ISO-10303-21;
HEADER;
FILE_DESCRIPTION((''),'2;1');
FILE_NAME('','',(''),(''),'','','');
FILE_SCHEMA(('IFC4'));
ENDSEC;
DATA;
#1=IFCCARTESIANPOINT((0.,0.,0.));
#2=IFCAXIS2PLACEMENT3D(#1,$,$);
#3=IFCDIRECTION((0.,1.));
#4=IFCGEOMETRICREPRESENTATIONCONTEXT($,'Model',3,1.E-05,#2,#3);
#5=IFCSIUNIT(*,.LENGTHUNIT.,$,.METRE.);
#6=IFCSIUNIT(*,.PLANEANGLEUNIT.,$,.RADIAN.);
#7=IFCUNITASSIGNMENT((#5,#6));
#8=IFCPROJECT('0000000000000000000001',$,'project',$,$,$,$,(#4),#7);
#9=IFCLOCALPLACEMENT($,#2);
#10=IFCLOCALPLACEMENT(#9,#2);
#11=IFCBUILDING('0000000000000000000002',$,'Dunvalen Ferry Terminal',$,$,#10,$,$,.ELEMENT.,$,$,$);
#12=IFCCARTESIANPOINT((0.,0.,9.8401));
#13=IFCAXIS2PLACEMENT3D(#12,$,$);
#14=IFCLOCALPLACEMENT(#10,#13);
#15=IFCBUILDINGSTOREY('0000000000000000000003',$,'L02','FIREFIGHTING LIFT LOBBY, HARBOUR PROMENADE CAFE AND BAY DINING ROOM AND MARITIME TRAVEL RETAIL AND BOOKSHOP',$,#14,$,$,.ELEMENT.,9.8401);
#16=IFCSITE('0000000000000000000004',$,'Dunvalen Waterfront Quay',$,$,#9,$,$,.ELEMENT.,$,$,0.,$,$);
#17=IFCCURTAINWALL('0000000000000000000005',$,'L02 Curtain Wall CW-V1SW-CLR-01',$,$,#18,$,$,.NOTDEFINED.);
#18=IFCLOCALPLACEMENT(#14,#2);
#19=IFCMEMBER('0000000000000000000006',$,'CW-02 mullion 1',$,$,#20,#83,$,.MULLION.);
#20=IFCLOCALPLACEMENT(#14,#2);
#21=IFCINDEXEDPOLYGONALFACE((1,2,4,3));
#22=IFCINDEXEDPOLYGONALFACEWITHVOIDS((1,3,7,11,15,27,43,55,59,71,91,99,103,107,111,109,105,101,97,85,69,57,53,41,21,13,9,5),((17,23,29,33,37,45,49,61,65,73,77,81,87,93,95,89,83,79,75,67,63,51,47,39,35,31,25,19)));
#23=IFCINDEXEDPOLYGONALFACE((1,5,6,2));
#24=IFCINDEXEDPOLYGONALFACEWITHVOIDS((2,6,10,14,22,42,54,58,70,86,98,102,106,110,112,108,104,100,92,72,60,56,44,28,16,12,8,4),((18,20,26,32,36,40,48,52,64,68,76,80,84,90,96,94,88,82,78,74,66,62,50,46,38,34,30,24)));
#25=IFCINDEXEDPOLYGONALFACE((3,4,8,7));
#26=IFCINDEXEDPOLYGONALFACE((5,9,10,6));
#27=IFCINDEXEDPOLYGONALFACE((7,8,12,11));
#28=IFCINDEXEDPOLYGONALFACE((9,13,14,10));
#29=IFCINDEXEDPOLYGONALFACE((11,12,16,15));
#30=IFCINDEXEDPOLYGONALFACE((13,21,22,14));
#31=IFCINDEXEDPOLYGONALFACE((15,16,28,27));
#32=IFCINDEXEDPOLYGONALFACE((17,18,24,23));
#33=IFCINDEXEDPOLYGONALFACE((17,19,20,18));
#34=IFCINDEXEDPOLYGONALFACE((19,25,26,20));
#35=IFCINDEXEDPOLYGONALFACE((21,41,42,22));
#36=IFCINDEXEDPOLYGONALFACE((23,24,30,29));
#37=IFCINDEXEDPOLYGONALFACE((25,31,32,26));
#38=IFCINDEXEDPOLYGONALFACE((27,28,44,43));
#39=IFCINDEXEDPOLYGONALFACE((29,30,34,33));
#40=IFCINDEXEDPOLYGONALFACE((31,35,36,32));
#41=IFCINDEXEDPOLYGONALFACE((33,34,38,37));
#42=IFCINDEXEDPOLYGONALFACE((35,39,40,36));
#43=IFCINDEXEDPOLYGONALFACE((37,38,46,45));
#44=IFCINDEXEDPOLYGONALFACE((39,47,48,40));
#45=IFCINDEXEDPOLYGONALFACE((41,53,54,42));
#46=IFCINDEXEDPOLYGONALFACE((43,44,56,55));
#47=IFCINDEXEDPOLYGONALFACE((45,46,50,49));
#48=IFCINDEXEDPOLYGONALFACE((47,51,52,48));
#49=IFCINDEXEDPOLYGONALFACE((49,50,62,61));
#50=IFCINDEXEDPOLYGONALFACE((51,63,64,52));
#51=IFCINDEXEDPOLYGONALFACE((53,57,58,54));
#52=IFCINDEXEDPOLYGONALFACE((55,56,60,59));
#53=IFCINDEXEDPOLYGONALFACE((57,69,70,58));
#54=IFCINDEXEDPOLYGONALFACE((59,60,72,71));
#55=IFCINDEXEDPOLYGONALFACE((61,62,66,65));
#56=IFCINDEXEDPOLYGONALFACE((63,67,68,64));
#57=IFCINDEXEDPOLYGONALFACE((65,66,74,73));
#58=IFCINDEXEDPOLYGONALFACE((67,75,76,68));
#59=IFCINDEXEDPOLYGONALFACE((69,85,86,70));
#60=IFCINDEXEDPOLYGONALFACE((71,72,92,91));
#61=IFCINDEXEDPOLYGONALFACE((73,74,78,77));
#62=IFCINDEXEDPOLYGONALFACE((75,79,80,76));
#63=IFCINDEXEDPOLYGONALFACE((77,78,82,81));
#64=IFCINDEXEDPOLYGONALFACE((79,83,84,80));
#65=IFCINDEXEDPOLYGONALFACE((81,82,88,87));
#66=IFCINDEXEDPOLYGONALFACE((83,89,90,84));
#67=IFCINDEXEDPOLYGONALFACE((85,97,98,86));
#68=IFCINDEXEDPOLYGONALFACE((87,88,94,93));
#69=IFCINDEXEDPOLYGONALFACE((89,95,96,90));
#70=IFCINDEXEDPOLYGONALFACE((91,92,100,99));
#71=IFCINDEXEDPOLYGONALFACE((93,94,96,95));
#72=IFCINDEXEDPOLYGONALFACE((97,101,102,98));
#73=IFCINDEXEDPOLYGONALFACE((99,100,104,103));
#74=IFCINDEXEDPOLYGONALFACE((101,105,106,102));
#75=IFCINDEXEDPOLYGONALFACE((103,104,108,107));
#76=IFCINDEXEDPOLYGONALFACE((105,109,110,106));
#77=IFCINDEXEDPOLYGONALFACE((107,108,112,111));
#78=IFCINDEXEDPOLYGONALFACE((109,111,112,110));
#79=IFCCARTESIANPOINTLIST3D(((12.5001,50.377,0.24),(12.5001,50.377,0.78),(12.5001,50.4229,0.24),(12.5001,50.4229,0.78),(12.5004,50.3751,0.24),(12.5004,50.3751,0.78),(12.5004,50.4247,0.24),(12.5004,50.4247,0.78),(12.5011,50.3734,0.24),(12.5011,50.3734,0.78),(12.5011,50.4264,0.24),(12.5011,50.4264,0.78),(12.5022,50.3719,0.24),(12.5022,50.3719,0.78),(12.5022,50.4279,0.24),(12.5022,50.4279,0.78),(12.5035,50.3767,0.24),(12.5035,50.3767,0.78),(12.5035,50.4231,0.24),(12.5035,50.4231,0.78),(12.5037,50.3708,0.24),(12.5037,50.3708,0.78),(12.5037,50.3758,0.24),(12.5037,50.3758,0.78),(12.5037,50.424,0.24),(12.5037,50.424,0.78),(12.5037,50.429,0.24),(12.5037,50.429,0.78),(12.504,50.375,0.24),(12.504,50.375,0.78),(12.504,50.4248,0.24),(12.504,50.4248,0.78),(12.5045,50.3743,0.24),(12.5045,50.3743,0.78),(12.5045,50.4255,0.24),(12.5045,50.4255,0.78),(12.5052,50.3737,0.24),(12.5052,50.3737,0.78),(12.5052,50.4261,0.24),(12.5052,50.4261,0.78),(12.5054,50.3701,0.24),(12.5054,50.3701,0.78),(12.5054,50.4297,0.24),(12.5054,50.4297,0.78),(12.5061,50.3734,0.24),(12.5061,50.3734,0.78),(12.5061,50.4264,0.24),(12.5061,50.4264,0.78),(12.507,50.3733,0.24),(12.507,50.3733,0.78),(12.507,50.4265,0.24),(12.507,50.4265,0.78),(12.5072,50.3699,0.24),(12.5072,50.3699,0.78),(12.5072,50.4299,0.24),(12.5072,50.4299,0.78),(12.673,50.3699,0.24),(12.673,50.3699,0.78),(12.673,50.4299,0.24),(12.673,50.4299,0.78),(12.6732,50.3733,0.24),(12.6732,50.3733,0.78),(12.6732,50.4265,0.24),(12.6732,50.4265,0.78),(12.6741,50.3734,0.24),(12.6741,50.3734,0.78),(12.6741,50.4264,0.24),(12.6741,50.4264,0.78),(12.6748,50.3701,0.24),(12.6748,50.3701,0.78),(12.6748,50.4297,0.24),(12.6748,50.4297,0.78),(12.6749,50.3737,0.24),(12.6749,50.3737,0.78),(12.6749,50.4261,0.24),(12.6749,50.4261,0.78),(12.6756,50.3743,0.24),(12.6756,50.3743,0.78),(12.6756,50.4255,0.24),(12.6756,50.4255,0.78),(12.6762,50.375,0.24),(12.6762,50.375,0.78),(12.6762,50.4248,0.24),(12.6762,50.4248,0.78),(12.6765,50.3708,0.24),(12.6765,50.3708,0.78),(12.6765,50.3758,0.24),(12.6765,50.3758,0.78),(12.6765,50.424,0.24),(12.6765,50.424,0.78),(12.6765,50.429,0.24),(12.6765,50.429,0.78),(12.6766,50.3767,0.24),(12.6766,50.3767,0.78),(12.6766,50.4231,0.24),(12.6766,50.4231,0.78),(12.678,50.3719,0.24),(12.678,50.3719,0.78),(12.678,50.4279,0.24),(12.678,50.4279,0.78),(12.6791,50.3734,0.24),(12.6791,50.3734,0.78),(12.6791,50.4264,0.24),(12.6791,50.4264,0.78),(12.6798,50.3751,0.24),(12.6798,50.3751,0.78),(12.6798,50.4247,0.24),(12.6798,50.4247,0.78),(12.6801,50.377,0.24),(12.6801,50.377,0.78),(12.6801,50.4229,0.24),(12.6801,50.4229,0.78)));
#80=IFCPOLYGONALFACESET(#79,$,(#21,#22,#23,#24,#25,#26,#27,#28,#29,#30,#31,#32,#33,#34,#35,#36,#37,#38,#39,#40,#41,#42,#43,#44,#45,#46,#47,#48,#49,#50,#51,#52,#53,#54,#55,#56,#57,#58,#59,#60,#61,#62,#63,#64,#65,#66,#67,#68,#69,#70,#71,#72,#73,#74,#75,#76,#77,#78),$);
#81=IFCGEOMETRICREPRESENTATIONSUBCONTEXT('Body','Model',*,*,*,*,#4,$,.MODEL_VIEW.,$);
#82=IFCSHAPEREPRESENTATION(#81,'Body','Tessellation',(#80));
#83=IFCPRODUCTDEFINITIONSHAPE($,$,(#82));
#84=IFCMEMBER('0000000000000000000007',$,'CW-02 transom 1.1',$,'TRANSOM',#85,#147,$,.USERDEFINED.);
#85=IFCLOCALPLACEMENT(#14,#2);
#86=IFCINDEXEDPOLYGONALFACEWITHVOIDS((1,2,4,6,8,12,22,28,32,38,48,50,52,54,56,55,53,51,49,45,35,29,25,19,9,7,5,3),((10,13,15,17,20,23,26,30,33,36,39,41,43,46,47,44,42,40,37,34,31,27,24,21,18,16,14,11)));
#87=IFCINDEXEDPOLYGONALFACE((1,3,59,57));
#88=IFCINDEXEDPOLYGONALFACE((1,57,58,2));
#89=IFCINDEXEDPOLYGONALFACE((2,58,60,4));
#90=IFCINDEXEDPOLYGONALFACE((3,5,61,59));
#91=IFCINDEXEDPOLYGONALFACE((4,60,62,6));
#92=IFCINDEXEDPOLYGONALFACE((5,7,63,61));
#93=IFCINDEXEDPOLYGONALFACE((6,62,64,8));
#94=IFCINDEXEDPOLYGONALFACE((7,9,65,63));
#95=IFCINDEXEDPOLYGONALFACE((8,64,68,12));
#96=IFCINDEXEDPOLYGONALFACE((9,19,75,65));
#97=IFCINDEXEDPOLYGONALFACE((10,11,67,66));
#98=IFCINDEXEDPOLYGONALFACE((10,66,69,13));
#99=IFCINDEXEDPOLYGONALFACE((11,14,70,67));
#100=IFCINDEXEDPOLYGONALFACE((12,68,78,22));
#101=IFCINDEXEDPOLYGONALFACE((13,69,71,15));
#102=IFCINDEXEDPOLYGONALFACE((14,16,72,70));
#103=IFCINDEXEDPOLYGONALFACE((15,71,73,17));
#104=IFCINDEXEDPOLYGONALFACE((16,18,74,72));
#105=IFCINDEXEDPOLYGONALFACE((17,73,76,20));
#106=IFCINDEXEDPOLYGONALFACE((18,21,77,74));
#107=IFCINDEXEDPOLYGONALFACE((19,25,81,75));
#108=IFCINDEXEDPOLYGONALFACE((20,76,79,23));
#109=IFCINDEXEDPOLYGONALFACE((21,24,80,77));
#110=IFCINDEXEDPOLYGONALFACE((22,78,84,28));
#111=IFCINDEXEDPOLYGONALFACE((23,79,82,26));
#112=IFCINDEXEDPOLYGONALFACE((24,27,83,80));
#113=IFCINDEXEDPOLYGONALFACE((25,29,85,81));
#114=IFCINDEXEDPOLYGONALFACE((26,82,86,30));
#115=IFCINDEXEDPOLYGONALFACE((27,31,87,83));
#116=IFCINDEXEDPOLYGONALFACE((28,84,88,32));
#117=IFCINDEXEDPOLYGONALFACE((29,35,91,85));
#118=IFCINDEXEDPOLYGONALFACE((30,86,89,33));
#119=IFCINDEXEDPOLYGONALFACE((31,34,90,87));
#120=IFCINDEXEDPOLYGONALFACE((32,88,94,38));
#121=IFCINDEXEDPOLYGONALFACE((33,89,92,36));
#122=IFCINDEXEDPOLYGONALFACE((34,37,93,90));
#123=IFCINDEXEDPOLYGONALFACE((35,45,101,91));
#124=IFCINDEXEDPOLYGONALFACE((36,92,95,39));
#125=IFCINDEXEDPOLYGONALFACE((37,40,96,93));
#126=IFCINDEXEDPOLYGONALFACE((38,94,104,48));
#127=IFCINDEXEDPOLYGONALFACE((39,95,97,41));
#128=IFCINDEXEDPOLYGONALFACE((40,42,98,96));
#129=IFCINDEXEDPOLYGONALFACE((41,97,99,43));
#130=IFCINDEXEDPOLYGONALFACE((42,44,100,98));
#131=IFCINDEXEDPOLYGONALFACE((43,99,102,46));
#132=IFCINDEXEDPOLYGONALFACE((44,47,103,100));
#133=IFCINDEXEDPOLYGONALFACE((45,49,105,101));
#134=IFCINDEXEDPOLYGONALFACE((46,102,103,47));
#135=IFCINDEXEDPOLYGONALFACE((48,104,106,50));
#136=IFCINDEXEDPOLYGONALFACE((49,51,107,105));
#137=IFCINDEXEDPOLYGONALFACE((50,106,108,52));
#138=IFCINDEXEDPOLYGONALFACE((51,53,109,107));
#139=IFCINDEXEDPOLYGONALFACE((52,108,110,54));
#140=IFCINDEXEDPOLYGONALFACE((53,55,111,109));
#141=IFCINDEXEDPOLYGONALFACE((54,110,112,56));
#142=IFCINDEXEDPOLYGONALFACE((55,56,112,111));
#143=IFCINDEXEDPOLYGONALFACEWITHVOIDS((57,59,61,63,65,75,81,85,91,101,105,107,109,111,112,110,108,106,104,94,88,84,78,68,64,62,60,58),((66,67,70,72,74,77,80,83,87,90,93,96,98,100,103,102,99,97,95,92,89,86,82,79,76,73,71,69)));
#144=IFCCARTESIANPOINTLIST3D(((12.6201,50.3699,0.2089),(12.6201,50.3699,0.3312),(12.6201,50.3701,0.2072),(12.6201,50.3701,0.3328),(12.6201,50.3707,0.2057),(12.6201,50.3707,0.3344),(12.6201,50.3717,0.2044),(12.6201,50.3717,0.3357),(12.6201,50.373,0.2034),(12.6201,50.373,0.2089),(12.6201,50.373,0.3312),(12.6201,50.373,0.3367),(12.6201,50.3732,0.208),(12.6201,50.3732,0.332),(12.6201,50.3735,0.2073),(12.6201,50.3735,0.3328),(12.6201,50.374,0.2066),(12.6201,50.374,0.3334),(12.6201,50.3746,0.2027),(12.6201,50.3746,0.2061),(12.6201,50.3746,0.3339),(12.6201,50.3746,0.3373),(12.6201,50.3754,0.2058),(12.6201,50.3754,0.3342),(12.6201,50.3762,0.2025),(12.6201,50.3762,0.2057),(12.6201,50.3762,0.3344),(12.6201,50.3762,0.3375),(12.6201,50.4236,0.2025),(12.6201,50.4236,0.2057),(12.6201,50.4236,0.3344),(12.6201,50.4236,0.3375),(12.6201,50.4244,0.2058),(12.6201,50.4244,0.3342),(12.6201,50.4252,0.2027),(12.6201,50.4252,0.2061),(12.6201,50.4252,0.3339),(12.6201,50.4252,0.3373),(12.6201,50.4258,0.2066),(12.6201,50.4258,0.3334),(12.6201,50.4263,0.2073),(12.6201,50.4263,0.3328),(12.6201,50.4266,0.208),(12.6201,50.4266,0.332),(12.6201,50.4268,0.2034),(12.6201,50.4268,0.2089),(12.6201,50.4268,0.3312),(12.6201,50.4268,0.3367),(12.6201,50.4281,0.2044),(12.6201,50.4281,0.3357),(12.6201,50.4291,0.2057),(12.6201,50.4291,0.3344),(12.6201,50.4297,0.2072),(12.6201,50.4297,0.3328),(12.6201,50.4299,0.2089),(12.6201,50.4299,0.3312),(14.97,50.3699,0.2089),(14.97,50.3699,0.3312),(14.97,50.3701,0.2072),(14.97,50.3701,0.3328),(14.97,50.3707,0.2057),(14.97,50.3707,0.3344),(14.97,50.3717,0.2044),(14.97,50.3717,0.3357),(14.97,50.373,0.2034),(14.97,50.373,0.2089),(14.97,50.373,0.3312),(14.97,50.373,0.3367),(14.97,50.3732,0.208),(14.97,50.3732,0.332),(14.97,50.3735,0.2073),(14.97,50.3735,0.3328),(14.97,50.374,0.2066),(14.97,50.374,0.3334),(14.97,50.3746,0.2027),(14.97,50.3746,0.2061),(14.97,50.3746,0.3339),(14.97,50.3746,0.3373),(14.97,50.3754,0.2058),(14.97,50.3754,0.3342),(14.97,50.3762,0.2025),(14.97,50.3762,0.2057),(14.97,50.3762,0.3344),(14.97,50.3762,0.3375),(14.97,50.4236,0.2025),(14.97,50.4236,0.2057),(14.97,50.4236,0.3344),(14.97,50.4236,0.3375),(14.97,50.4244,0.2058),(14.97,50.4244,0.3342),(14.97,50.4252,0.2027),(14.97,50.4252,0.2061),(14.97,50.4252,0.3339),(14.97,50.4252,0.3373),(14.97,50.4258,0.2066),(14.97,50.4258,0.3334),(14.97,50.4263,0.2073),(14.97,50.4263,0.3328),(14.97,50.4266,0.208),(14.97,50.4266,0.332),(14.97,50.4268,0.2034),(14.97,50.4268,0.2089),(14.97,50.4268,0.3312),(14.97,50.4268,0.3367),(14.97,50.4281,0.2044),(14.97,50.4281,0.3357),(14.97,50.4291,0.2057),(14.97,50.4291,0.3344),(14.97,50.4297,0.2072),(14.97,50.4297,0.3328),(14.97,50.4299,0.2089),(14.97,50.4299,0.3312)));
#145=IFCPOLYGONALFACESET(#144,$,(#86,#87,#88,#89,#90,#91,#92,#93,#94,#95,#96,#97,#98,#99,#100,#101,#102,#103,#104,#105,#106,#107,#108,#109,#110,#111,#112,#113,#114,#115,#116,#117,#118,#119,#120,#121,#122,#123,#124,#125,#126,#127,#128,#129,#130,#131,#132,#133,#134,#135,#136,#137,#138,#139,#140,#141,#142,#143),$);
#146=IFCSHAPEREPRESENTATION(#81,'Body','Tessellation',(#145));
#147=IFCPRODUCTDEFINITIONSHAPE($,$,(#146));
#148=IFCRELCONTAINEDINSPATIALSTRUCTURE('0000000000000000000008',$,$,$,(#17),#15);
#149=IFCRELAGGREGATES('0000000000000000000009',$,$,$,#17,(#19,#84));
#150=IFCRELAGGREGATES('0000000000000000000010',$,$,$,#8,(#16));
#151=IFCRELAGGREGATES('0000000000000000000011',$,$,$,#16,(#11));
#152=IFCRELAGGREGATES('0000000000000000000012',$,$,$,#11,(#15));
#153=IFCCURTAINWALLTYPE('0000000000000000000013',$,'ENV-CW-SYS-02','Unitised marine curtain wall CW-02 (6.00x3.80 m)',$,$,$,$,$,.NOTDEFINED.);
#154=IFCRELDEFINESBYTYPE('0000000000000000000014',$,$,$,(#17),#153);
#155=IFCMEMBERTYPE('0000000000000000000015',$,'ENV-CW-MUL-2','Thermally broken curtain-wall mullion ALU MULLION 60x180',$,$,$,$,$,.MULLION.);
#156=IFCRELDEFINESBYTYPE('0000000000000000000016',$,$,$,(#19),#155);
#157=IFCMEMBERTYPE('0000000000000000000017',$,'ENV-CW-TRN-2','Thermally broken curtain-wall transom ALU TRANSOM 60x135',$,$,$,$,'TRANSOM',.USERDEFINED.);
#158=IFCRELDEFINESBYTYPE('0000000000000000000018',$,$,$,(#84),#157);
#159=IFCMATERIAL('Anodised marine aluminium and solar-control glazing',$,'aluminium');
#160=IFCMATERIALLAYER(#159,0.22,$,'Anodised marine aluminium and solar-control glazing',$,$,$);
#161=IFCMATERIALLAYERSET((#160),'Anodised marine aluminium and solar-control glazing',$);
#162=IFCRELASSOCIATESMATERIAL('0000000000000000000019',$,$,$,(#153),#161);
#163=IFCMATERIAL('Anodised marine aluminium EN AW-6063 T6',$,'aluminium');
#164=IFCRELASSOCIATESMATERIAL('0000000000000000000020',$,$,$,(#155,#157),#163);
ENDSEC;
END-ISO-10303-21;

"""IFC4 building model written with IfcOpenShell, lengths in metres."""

from ifc_helpers import new_model, si_unit, direction, frame, origin, origin_2d, place, context, subcontext, project, spatial, hollow_rectangle, extrude, material, layer, layer_set, material_profile, profile_set, type_object, element, aggregate, save


model = new_model("IFC4")

# Units and contexts
model_context = context("Model", 3, precision=1e-05, world=origin(), true_north=direction((0.0, 1.0)))
body_context = subcontext(model_context, "Body", "Model", "MODEL_VIEW")
ifc_project = project(units=[si_unit("LENGTHUNIT", "METRE"), si_unit("PLANEANGLEUNIT", "RADIAN")], contexts=[model_context])

# Site, building, storey
site_placement = place(None, origin())
site = spatial("IfcSite", under=ifc_project, at=site_placement, Name="Dunvalen Waterfront Quay", CompositionType="ELEMENT", RefElevation=0.0)
building_placement = place(site_placement, origin())
building = spatial("IfcBuilding", under=site, at=building_placement, Name="Dunvalen Ferry Terminal", CompositionType="ELEMENT")
storey_placement = place(building_placement, frame((0.0, 0.0, 9.8401)))
storey = spatial("IfcBuildingStorey", under=building, at=storey_placement, Name="L02", Description="FIREFIGHTING LIFT LOBBY, HARBOUR PROMENADE CAFE AND BAY DINING ROOM AND MARITIME TRAVEL RETAIL AND BOOKSHOP", CompositionType="ELEMENT", Elevation=9.8401)

# Curtain wall, members
ifc_material_1 = material(Name="Anodised marine aluminium and solar-control glazing", Category="aluminium")
ifc_layer_1 = layer(ifc_material_1, 0.22, Name="Anodised marine aluminium and solar-control glazing")
ifc_layer_set_1 = layer_set([ifc_layer_1], Name="Anodised marine aluminium and solar-control glazing")
curtain_wall_type = type_object("IfcCurtainWallType", Name="ENV-CW-SYS-02", Description="Unitised marine curtain wall CW-02 (6.00x3.80 m)", PredefinedType="NOTDEFINED", material=ifc_layer_set_1)
curtain_wall_placement = place(storey_placement, origin())
curtain_wall = element("IfcCurtainWall", 1, at=curtain_wall_placement, inside=storey, type_object=curtain_wall_type, Name="L02 Curtain Wall CW-V1SW-CLR-01", PredefinedType="NOTDEFINED")
ifc_material_2 = material(Name="Anodised marine aluminium EN AW-6063 T6", Category="aluminium")
ifc_material_profile_1 = material_profile(ifc_material_2, hollow_rectangle(XDim=0.0601, YDim=0.1799, WallThickness=0.0034, InnerFilletRadius=0.0034, OuterFilletRadius=0.0071, at=origin_2d()), Name="Anodised marine aluminium EN AW-6063 T6")
ifc_profile_set_1 = profile_set([ifc_material_profile_1], Name="Anodised marine aluminium EN AW-6063 T6")
member_type_1 = type_object("IfcMemberType", Name="ENV-CW-MUL-2", Description="Thermally broken curtain-wall mullion ALU MULLION 60x180", PredefinedType="MULLION", material=ifc_profile_set_1)
member_1_placement = place(storey_placement, frame((12.5901, 50.3999, 0.24), z_axis=(0.0, 0.0, 1.0), x_axis=(0.0, 1.0, 0.0)))
member_1 = element("IfcMember", 2, at=member_1_placement, type_object=member_type_1, Name="CW-02 mullion 1", PredefinedType="MULLION", context=body_context, shape_type="SweptSolid", body=[
    extrude(hollow_rectangle(XDim=0.0601, YDim=0.1799, WallThickness=0.0034, InnerFilletRadius=0.0034, OuterFilletRadius=0.0071, at=origin_2d()), origin(), (0.0, 0.0, 1.0), 0.54),
])
ifc_material_profile_2 = material_profile(ifc_material_2, hollow_rectangle(XDim=0.0601, YDim=0.135, WallThickness=0.0032, InnerFilletRadius=0.0032, OuterFilletRadius=0.0063, at=origin_2d()), Name="Anodised marine aluminium EN AW-6063 T6")
ifc_profile_set_2 = profile_set([ifc_material_profile_2], Name="Anodised marine aluminium EN AW-6063 T6")
member_type_2 = type_object("IfcMemberType", Name="ENV-CW-TRN-2", Description="Thermally broken curtain-wall transom ALU TRANSOM 60x135", ElementType="TRANSOM", PredefinedType="USERDEFINED", material=ifc_profile_set_2)
member_2_placement = place(storey_placement, frame((12.6201, 50.3999, 0.27), z_axis=(1.0, 0.0, 0.0), x_axis=(0.0, 1.0, 0.0)))
member_2 = element("IfcMember", 3, at=member_2_placement, type_object=member_type_2, Name="CW-02 transom 1.1", ObjectType="TRANSOM", PredefinedType="USERDEFINED", context=body_context, shape_type="SweptSolid", body=[
    extrude(hollow_rectangle(XDim=0.0601, YDim=0.135, WallThickness=0.0032, InnerFilletRadius=0.0032, OuterFilletRadius=0.0063, at=origin_2d()), origin(), (0.0, 0.0, 1.0), 2.3499),
])

aggregate(curtain_wall, [member_1, member_2])

save(model, "model.ifc")
